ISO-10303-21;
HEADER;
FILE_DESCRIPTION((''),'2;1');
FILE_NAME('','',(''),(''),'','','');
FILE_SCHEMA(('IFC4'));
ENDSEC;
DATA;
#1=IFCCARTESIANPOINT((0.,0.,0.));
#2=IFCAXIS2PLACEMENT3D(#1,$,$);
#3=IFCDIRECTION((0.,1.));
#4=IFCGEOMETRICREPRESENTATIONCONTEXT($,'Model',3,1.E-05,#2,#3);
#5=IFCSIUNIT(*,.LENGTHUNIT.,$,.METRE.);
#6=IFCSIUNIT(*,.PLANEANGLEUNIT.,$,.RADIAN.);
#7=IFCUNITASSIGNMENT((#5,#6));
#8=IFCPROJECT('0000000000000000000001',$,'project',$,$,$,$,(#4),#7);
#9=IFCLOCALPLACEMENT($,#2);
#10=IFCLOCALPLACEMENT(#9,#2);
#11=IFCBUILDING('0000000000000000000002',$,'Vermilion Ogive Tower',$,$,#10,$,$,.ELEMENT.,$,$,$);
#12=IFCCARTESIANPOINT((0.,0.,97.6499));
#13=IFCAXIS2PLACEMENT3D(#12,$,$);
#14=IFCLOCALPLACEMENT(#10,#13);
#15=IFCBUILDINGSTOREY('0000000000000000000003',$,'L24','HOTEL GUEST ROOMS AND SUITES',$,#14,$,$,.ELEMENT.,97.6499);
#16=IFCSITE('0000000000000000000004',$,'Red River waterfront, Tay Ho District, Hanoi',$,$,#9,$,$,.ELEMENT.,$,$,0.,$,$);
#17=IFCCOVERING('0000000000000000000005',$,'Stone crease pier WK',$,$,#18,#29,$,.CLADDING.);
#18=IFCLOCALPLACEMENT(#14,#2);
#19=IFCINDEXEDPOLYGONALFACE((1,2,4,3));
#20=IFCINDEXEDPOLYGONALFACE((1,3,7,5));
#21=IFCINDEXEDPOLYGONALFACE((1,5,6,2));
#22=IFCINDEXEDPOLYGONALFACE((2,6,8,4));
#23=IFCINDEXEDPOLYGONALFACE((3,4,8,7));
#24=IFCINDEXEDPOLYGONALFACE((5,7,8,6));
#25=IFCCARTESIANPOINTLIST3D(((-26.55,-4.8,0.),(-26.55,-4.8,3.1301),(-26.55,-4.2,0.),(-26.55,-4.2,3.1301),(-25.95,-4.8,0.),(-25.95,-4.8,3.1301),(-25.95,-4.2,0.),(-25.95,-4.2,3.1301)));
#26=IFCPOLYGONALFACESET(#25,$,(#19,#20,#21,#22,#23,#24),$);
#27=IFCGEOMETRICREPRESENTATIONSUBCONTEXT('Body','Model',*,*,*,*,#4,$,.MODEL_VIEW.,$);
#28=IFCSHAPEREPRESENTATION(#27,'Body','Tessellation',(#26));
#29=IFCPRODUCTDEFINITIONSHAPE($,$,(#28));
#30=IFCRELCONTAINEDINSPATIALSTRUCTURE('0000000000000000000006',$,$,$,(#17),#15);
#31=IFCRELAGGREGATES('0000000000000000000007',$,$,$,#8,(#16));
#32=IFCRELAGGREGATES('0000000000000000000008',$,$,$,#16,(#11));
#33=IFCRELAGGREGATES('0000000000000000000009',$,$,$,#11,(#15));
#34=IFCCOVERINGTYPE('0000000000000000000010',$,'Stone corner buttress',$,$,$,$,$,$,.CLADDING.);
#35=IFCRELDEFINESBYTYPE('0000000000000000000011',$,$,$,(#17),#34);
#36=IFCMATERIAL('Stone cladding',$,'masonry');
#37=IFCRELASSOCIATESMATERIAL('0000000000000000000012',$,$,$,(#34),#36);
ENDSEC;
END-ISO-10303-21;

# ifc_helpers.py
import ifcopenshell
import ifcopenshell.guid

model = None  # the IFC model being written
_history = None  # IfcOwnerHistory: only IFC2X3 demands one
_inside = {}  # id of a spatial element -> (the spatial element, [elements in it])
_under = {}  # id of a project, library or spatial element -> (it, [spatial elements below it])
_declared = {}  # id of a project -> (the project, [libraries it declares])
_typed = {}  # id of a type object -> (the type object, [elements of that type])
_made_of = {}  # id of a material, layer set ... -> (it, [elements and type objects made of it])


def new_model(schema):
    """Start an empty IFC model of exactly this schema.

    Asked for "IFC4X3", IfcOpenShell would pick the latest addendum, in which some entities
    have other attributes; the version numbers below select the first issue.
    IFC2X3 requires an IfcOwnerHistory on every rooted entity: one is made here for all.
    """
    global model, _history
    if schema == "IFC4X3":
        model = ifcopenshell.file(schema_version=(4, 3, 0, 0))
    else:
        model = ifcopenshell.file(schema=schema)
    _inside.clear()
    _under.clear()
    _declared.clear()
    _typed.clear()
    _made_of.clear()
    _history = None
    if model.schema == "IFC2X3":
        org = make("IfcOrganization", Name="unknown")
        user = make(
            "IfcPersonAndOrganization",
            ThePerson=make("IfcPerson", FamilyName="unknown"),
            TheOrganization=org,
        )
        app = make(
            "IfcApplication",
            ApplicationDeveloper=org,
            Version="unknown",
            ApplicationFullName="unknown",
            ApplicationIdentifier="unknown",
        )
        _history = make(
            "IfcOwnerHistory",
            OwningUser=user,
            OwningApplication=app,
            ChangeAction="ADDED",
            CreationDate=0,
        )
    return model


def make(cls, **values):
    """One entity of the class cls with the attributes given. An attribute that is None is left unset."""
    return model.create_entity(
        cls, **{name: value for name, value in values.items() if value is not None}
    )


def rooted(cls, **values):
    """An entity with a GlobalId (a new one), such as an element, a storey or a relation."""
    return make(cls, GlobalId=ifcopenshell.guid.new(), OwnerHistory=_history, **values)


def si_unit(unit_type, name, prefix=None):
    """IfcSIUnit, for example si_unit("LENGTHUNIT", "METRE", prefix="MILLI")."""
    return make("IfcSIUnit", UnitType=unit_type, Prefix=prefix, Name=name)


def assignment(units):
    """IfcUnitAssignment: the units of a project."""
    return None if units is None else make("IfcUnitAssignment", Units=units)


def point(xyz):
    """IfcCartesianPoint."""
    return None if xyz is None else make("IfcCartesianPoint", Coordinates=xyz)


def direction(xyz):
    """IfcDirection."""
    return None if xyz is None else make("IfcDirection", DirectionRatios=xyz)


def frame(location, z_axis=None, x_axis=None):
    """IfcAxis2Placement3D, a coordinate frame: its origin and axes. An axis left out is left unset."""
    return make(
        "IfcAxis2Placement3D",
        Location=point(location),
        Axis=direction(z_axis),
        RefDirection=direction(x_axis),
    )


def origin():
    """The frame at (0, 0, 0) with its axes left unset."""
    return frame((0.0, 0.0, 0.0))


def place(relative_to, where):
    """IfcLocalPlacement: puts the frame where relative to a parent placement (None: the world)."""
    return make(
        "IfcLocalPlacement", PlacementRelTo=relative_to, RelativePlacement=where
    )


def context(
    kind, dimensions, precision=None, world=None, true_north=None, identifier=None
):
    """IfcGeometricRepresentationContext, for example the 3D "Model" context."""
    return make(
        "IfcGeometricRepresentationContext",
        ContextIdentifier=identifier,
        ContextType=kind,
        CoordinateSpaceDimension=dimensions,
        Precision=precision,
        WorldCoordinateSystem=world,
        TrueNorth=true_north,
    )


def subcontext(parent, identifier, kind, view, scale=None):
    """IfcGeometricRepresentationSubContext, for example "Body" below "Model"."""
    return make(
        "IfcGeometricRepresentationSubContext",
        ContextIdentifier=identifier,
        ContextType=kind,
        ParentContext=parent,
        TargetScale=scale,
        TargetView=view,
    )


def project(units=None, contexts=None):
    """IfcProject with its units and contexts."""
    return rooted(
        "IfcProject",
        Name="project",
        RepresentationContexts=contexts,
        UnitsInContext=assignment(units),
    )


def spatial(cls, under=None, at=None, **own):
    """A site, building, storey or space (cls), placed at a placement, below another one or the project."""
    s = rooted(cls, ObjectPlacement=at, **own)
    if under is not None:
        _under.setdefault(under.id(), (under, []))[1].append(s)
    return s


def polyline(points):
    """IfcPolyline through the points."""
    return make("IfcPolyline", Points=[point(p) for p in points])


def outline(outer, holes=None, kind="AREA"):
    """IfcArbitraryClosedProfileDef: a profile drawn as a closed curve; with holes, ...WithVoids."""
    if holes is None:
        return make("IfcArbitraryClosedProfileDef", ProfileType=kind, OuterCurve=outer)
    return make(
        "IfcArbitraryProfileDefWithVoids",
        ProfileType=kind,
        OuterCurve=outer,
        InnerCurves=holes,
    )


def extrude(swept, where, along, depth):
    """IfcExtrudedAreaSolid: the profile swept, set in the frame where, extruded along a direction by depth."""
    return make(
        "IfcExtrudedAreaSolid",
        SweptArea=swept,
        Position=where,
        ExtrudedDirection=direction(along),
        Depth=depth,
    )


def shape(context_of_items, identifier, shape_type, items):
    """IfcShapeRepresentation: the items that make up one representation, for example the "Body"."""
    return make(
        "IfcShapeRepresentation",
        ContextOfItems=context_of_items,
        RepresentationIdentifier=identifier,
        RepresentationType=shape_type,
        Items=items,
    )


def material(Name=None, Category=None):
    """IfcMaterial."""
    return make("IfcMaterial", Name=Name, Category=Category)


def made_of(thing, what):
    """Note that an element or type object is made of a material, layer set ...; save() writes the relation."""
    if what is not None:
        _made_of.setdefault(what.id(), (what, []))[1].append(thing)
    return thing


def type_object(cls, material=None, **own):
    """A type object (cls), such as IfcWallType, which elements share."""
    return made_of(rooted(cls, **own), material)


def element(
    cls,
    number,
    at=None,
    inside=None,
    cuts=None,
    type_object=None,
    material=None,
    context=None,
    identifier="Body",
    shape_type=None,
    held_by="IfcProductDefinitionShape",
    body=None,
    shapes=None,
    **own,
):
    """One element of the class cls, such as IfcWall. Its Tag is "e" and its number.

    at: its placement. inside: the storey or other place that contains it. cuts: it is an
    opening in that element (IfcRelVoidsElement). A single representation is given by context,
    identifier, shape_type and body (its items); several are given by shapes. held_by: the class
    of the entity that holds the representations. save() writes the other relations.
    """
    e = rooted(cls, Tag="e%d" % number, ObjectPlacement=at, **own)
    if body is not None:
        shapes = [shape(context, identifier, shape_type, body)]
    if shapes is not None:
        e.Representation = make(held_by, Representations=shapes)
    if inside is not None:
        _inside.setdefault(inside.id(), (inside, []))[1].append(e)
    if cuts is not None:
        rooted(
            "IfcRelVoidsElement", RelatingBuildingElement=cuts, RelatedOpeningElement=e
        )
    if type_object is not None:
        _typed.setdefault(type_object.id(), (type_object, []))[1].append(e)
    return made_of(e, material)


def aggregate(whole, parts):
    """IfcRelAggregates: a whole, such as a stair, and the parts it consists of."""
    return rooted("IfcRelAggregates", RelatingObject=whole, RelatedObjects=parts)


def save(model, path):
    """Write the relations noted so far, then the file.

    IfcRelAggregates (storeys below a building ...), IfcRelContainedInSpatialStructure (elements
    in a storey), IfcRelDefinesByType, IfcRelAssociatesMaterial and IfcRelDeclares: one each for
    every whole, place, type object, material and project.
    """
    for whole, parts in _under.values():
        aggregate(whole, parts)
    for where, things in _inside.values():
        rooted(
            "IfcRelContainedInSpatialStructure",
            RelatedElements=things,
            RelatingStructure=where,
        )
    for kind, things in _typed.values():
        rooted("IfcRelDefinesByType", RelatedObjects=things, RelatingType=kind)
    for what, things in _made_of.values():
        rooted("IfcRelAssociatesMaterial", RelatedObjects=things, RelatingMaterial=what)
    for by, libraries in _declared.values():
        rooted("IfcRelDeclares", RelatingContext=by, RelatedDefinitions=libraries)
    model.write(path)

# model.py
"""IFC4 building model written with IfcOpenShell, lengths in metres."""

from ifc_helpers import new_model, si_unit, direction, frame, origin, place, context, subcontext, project, spatial, polyline, outline, extrude, material, type_object, element, save


model = new_model("IFC4")

# Units and contexts
model_context = context("Model", 3, precision=1e-05, world=origin(), true_north=direction((0.0, 1.0)))
body_context = subcontext(model_context, "Body", "Model", "MODEL_VIEW")
ifc_project = project(units=[si_unit("LENGTHUNIT", "METRE"), si_unit("PLANEANGLEUNIT", "RADIAN")], contexts=[model_context])

# Site, building, storey
site_placement = place(None, origin())
site = spatial("IfcSite", under=ifc_project, at=site_placement, Name="Red River waterfront, Tay Ho District, Hanoi", CompositionType="ELEMENT", RefElevation=0.0)
building_placement = place(site_placement, origin())
building = spatial("IfcBuilding", under=site, at=building_placement, Name="Vermilion Ogive Tower", CompositionType="ELEMENT")
storey_placement = place(building_placement, frame((0.0, 0.0, 97.6499)))
storey = spatial("IfcBuildingStorey", under=building, at=storey_placement, Name="L24", Description="HOTEL GUEST ROOMS AND SUITES", CompositionType="ELEMENT", Elevation=97.6499)

# Covering
ifc_material_1 = material(Name="Stone cladding", Category="masonry")
covering_type_1 = type_object("IfcCoveringType", Name="Stone corner buttress", PredefinedType="CLADDING", material=ifc_material_1)
covering_1_placement = place(storey_placement, origin())
element("IfcCovering", 1, at=covering_1_placement, inside=storey, type_object=covering_type_1, Name="Stone crease pier WK", PredefinedType="CLADDING", context=body_context, shape_type="SweptSolid", body=[
    extrude(outline(polyline([(-26.55, -4.2), (-26.55, -4.8), (-25.95, -4.8), (-25.95, -4.2), (-26.55, -4.2)])), origin(), (0.0, 0.0, 1.0), 3.1301),
])

save(model, "model.ifc")
